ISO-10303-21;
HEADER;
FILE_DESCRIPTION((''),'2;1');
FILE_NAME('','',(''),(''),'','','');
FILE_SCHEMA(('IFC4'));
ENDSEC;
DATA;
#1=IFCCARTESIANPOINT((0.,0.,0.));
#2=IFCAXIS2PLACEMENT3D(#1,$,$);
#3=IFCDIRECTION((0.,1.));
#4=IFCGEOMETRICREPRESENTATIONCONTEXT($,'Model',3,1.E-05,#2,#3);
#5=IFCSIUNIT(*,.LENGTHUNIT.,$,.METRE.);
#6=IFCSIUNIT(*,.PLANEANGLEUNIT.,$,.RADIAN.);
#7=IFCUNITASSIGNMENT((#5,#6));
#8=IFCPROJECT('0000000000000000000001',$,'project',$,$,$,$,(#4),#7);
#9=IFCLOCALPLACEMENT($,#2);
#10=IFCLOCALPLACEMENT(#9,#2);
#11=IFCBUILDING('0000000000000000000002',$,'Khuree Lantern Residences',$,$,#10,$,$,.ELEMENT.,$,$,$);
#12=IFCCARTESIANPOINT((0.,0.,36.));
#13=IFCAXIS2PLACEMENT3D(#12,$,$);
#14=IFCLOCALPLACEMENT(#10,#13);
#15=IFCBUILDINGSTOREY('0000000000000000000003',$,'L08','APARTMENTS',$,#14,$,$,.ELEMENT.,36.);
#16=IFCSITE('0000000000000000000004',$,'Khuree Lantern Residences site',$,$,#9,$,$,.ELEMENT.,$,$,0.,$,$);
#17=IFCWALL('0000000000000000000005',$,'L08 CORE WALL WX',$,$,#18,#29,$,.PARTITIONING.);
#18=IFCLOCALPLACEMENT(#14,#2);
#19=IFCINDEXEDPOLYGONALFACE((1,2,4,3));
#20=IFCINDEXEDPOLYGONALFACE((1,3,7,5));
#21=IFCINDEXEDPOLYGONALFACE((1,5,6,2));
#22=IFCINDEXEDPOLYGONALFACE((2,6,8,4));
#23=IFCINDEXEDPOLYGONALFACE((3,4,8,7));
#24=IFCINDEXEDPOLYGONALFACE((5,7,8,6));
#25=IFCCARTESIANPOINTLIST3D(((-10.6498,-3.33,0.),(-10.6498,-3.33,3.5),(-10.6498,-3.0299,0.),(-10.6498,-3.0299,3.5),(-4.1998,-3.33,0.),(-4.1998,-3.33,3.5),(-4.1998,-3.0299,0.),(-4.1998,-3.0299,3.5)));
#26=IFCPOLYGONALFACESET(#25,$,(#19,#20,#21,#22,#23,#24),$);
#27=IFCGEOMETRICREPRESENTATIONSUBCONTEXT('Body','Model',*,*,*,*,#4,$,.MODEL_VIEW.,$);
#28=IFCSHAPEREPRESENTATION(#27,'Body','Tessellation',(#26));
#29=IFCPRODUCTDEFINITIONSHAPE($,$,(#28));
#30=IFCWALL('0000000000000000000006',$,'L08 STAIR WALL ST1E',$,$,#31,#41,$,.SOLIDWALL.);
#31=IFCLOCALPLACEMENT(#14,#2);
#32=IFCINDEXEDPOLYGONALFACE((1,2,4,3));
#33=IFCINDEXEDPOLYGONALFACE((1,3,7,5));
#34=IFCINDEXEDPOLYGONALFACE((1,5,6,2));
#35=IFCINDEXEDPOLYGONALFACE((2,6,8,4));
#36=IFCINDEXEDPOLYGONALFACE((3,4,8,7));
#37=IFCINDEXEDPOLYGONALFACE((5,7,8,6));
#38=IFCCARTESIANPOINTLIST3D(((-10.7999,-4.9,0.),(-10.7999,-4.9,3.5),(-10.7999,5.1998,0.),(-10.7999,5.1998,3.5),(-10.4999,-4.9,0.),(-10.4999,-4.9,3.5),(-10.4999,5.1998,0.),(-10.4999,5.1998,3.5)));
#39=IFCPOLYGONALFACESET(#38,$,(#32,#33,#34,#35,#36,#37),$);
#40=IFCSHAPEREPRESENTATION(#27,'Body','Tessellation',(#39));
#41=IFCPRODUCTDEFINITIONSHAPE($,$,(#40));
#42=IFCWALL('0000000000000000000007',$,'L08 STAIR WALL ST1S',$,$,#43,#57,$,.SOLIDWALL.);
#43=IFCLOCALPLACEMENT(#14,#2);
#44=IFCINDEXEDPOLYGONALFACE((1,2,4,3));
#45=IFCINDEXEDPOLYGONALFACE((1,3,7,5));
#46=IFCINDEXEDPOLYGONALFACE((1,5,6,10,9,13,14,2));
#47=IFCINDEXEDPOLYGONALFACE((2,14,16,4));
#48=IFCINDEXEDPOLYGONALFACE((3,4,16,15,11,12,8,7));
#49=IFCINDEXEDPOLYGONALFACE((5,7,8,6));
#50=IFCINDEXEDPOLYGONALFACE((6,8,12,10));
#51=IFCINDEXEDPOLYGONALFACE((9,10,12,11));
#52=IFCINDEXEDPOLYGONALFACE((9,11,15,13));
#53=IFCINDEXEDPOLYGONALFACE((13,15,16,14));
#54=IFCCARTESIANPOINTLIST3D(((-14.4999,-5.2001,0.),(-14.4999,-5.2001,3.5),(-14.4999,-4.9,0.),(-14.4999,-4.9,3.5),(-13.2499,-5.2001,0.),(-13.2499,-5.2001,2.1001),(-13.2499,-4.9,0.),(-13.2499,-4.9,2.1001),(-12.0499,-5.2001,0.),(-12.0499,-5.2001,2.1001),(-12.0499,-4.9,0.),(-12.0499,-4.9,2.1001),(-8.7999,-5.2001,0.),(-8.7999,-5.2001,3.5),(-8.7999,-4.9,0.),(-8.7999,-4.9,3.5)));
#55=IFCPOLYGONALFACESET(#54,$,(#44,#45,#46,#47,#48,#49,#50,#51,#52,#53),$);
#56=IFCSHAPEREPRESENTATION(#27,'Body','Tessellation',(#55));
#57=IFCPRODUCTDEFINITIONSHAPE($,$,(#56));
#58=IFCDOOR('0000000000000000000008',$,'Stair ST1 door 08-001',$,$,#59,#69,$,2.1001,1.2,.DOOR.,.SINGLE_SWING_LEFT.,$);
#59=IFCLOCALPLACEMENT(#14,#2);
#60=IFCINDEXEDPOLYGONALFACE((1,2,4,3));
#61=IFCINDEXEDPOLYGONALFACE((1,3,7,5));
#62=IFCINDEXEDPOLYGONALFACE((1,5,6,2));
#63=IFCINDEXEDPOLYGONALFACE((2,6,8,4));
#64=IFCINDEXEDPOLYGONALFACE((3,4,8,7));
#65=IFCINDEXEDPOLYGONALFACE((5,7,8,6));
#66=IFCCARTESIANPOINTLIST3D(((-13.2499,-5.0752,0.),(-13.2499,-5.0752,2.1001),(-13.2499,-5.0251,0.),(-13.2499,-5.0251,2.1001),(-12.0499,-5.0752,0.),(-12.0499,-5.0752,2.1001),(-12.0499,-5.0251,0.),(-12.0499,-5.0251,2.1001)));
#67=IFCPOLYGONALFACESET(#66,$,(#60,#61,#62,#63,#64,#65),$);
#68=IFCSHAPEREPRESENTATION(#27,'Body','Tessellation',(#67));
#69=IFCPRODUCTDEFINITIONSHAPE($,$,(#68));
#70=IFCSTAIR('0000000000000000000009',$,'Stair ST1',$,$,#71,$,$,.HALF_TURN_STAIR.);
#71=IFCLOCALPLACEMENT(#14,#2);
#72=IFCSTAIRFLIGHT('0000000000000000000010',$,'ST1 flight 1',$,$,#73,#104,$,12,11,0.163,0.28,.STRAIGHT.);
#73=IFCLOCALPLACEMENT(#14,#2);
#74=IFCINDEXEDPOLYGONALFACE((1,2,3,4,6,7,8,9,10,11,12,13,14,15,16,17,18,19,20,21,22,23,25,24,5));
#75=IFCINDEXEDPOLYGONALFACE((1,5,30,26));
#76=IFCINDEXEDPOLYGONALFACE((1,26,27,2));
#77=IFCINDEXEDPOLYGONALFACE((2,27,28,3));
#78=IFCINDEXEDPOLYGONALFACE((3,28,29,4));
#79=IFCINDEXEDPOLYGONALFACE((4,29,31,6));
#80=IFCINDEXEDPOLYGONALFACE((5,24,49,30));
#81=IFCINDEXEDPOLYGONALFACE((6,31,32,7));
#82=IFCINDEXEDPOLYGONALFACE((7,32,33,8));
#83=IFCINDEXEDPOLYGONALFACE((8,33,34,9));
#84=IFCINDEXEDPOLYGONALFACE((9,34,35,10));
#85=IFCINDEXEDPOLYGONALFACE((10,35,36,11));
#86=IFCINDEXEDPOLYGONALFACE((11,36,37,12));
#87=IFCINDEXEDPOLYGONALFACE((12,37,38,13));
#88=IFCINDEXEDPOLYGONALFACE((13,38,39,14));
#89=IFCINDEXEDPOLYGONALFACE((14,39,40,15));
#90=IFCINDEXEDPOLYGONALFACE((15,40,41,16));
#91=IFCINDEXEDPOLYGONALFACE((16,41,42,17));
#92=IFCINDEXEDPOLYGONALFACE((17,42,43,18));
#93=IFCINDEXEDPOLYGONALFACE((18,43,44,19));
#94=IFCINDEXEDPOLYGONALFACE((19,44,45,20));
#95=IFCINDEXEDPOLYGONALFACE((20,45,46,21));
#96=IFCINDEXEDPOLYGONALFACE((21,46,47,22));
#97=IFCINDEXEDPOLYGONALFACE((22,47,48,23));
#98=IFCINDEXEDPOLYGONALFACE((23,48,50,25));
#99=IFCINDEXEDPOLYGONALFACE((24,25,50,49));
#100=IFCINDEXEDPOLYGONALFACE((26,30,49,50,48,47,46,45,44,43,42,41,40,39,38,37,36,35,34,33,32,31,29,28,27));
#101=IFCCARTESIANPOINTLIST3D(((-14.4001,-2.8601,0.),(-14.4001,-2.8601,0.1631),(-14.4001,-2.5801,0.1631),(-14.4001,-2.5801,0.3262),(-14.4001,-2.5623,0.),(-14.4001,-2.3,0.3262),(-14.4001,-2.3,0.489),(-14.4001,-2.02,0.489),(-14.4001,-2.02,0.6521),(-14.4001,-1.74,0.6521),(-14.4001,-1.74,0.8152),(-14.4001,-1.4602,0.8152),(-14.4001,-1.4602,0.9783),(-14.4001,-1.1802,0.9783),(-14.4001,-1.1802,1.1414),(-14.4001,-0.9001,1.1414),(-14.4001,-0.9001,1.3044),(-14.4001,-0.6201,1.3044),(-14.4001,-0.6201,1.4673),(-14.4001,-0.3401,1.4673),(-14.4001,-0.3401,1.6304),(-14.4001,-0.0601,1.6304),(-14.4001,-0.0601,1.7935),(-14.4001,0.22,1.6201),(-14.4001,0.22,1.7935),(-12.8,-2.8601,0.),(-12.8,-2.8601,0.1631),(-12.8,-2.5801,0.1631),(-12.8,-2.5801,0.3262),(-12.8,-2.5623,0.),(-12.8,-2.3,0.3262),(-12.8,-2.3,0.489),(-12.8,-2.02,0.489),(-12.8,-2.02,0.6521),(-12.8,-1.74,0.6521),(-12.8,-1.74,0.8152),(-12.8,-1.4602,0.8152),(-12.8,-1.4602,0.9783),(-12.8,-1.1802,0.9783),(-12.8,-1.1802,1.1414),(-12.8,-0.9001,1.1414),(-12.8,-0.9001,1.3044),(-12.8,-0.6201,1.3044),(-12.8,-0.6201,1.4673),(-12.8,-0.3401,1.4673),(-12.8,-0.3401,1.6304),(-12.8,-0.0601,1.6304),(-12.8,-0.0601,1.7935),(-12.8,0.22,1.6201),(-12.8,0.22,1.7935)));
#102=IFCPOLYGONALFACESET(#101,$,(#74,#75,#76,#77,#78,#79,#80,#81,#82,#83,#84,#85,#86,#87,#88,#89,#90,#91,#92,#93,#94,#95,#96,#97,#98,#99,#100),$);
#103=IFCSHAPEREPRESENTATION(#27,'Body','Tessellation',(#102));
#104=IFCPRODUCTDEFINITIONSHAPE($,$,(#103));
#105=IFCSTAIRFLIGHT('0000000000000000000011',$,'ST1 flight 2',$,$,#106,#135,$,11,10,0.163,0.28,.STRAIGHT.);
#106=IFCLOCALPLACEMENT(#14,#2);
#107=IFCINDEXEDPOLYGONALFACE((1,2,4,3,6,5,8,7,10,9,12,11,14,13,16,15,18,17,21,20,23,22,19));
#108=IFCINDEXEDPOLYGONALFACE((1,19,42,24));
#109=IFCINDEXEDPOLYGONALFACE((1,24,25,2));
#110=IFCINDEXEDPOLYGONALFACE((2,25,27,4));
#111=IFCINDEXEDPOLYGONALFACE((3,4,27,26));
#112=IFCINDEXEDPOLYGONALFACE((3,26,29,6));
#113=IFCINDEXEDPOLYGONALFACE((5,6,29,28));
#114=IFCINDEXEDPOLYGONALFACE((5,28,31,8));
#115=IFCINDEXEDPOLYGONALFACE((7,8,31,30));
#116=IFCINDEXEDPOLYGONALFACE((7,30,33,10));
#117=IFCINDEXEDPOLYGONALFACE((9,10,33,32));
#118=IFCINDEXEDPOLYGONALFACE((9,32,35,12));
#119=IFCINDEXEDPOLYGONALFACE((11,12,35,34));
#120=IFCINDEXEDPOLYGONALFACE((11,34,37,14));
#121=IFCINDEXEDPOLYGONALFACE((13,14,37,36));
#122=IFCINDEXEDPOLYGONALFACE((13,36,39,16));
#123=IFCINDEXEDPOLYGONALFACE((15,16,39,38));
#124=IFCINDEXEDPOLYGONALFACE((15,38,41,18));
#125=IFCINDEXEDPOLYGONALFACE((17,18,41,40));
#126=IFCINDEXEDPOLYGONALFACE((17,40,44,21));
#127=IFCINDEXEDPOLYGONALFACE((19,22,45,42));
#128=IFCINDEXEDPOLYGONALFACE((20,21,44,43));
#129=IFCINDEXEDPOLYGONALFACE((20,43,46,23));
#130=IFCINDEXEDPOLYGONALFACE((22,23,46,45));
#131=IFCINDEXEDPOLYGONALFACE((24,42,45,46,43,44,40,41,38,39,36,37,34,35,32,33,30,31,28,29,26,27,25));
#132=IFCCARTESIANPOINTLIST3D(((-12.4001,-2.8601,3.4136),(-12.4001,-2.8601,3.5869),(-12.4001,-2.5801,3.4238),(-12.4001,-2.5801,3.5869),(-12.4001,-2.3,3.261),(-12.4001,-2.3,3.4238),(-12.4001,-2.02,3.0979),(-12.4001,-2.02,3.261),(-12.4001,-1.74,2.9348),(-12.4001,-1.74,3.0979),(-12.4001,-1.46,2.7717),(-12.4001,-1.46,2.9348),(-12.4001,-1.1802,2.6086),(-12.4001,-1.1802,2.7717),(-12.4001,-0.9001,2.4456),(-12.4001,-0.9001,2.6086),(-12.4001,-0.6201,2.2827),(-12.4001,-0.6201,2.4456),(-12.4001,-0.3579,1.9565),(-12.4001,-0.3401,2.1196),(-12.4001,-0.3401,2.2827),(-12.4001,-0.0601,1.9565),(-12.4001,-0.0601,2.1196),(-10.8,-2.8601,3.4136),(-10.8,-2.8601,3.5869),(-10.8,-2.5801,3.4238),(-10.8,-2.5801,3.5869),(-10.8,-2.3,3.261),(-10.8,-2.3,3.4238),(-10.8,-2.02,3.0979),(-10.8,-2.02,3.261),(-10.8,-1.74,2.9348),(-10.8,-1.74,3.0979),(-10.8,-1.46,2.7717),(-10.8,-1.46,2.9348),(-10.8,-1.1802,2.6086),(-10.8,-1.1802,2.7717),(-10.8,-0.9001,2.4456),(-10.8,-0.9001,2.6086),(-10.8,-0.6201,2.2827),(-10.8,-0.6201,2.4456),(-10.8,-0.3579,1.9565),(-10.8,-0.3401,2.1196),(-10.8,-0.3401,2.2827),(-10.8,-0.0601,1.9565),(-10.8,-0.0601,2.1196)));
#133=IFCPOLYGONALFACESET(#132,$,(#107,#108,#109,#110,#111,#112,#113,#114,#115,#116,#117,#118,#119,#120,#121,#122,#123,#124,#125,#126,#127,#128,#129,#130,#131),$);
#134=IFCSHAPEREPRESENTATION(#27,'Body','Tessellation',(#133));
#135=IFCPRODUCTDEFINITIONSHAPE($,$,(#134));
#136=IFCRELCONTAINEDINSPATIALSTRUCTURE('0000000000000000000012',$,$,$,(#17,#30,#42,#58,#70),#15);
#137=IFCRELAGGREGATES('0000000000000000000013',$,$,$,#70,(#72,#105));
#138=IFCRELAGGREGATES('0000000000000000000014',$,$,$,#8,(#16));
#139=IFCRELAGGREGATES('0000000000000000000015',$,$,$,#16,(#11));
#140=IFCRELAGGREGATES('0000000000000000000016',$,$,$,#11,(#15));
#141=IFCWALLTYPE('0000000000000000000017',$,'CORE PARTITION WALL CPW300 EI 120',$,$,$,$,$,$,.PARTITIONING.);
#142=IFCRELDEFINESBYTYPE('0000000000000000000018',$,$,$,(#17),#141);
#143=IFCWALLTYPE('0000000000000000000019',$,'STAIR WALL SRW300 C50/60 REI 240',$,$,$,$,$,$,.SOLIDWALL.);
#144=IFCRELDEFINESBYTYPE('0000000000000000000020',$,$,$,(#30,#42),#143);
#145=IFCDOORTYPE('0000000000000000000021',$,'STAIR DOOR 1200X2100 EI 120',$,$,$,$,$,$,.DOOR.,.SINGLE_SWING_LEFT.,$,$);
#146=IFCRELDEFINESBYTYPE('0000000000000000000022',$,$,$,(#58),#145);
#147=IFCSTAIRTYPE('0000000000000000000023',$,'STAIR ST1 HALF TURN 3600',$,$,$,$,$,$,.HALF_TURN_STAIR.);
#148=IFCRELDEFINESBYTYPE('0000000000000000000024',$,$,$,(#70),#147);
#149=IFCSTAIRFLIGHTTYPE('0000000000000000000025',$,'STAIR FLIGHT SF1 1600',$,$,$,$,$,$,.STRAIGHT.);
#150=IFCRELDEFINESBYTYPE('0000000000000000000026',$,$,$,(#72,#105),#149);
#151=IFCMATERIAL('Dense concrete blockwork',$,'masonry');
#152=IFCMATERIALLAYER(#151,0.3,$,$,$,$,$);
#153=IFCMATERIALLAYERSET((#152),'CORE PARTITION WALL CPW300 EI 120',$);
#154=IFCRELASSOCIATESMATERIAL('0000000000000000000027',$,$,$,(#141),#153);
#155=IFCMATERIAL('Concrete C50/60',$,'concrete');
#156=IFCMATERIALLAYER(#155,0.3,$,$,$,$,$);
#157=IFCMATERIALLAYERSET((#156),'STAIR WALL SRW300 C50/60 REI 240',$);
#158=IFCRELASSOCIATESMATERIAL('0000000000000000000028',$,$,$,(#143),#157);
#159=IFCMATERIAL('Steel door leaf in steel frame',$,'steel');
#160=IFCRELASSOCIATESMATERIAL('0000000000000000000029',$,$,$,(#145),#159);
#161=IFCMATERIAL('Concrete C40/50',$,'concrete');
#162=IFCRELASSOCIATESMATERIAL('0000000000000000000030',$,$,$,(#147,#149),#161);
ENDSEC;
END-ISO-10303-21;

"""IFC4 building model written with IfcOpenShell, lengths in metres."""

from ifc_helpers import new_model, si_unit, direction, frame, frame_2d, origin, place, context, subcontext, project, spatial, polyline, rectangle, outline, extrude, material, layer, layer_set, type_object, element, fill, aggregate, save


model = new_model("IFC4")

# Units and contexts
model_context = context("Model", 3, precision=1e-05, world=origin(), true_north=direction((0.0, 1.0)))
body_context = subcontext(model_context, "Body", "Model", "MODEL_VIEW")
ifc_project = project(units=[si_unit("LENGTHUNIT", "METRE"), si_unit("PLANEANGLEUNIT", "RADIAN")], contexts=[model_context])

# Site, building, storey
site_placement = place(None, origin())
site = spatial("IfcSite", under=ifc_project, at=site_placement, Name="Khuree Lantern Residences site", CompositionType="ELEMENT", RefElevation=0.0)
building_placement = place(site_placement, origin())
building = spatial("IfcBuilding", under=site, at=building_placement, Name="Khuree Lantern Residences", CompositionType="ELEMENT")
storey_placement = place(building_placement, frame((0.0, 0.0, 36.0)))
storey = spatial("IfcBuildingStorey", under=building, at=storey_placement, Name="L08", Description="APARTMENTS", CompositionType="ELEMENT", Elevation=36.0)

# Shared definitions
ifc_material_1 = material(Name="Dense concrete blockwork", Category="masonry")
ifc_layer_1 = layer(ifc_material_1, 0.3)
ifc_layer_set_1 = layer_set([ifc_layer_1], Name="CORE PARTITION WALL CPW300 EI 120")
wall_type_1 = type_object("IfcWallType", Name="CORE PARTITION WALL CPW300 EI 120", PredefinedType="PARTITIONING", material=ifc_layer_set_1)
ifc_material_2 = material(Name="Steel door leaf in steel frame", Category="steel")

# Walls
wall_1_placement = place(storey_placement, frame((-10.6499, -3.1799, 0.0), z_axis=(0.0, 0.0, 1.0), x_axis=(1.0, 0.0, 0.0)))
element("IfcWall", 1, at=wall_1_placement, inside=storey, type_object=wall_type_1, Name="L08 CORE WALL WX", PredefinedType="PARTITIONING", context=body_context, shape_type="SweptSolid", body=[
    extrude(rectangle(XDim=6.45, YDim=0.3, at=frame_2d((3.2251, 0.0))), origin(), (0.0, 0.0, 1.0), 3.5),
])
ifc_material_3 = material(Name="Concrete C50/60", Category="concrete")
ifc_layer_2 = layer(ifc_material_3, 0.3)
ifc_layer_set_2 = layer_set([ifc_layer_2], Name="STAIR WALL SRW300 C50/60 REI 240")
wall_type_2 = type_object("IfcWallType", Name="STAIR WALL SRW300 C50/60 REI 240", PredefinedType="SOLIDWALL", material=ifc_layer_set_2)
wall_2_placement = place(storey_placement, frame((-10.6499, -4.8999, 0.0), z_axis=(0.0, 0.0, 1.0), x_axis=(0.0, 1.0, 0.0)))
element("IfcWall", 2, at=wall_2_placement, inside=storey, type_object=wall_type_2, Name="L08 STAIR WALL ST1E", PredefinedType="SOLIDWALL", context=body_context, shape_type="SweptSolid", body=[
    extrude(rectangle(XDim=10.0999, YDim=0.3, at=frame_2d((5.0498, 0.0))), origin(), (0.0, 0.0, 1.0), 3.5),
])

# Wall, opening, door
wall_3_placement = place(storey_placement, frame((-14.5, -5.05, 0.0), z_axis=(0.0, 0.0, 1.0), x_axis=(1.0, 0.0, 0.0)))
wall_3 = element("IfcWall", 3, at=wall_3_placement, inside=storey, type_object=wall_type_2, Name="L08 STAIR WALL ST1S", PredefinedType="SOLIDWALL", context=body_context, shape_type="SweptSolid", body=[
    extrude(rectangle(XDim=5.7, YDim=0.3, at=frame_2d((2.8501, 0.0))), origin(), (0.0, 0.0, 1.0), 3.5),
])
opening_1_placement = place(wall_3_placement, frame((1.25, 0.0, 0.0)))
opening_1 = element("IfcOpeningElement", 4, at=opening_1_placement, cuts=wall_3, PredefinedType="OPENING", context=body_context, shape_type="SweptSolid", body=[
    extrude(rectangle(XDim=1.2, YDim=2.1001, at=frame_2d((0.6001, 1.05))), frame((0.0, 0.1602, 0.0), z_axis=(0.0, -1.0, 0.0), x_axis=(1.0, 0.0, 0.0)), (0.0, 0.0, 1.0), 0.3201),
])
door_type_1 = type_object("IfcDoorType", Name="STAIR DOOR 1200X2100 EI 120", OperationType="SINGLE_SWING_LEFT", PredefinedType="DOOR", material=ifc_material_2)
door_1_placement = place(opening_1_placement, origin())
door_1 = element("IfcDoor", 5, at=door_1_placement, inside=storey, type_object=door_type_1, Name="Stair ST1 door 08-001", OperationType="SINGLE_SWING_LEFT", OverallHeight=2.1001, OverallWidth=1.2, PredefinedType="DOOR", context=body_context, shape_type="SweptSolid", body=[
    extrude(rectangle(XDim=1.2, YDim=2.1001, at=frame_2d((0.6001, 1.05))), frame((0.0, 0.0249, 0.0), z_axis=(0.0, -1.0, 0.0), x_axis=(1.0, 0.0, 0.0)), (0.0, 0.0, 1.0), 0.05),
])
fill(opening_1, door_1)

# Stair, stair flights
ifc_material_4 = material(Name="Concrete C40/50", Category="concrete")
stair_type = type_object("IfcStairType", Name="STAIR ST1 HALF TURN 3600", PredefinedType="HALF_TURN_STAIR", material=ifc_material_4)
stair_placement = place(storey_placement, origin())
stair = element("IfcStair", 6, at=stair_placement, inside=storey, type_object=stair_type, Name="Stair ST1", PredefinedType="HALF_TURN_STAIR")
stair_flight_type = type_object("IfcStairFlightType", Name="STAIR FLIGHT SF1 1600", PredefinedType="STRAIGHT", material=ifc_material_4)
stair_flight_1_placement = place(storey_placement, frame((-13.6001, -2.8601, 0.0), z_axis=(0.0, 0.0, 1.0), x_axis=(0.0, 1.0, 0.0)))
stair_flight_1 = element("IfcStairFlight", 7, at=stair_flight_1_placement, type_object=stair_flight_type, Name="ST1 flight 1", NumberOfRisers=12, NumberOfTreads=11, PredefinedType="STRAIGHT", RiserHeight=0.163, TreadLength=0.28, context=body_context, shape_type="SweptSolid", body=[
    extrude(outline(polyline([(0.0, 0.0), (0.0, 0.1631), (0.28, 0.1631), (0.28, 0.3262), (0.5601, 0.3262), (0.5601, 0.489), (0.8401, 0.489), (0.8401, 0.6521), (1.1201, 0.6521), (1.1201, 0.8152), (1.3999, 0.8152), (1.3999, 0.9783), (1.6799, 0.9783), (1.6799, 1.1414), (1.96, 1.1414), (1.96, 1.3044), (2.24, 1.3044), (2.24, 1.4673), (2.52, 1.4673), (2.52, 1.6304), (2.8, 1.6304), (2.8, 1.7935), (3.0801, 1.7935), (3.0801, 1.9565), (3.0801, 1.6201), (0.2979, 0.0), (0.0, 0.0)])), frame((0.0, 0.8, 0.0), z_axis=(0.0, -1.0, 0.0), x_axis=(1.0, 0.0, 0.0)), (0.0, 0.0, 1.0), 1.6001),
])
stair_flight_2_placement = place(storey_placement, frame((-11.6001, -0.0601, 1.9565), z_axis=(0.0, 0.0, 1.0), x_axis=(0.0, -1.0, 0.0)))
stair_flight_2 = element("IfcStairFlight", 8, at=stair_flight_2_placement, type_object=stair_flight_type, Name="ST1 flight 2", NumberOfRisers=11, NumberOfTreads=10, PredefinedType="STRAIGHT", RiserHeight=0.163, TreadLength=0.28, context=body_context, shape_type="SweptSolid", body=[
    extrude(outline(polyline([(0.0, 0.0), (0.0, 0.1631), (0.28, 0.1631), (0.28, 0.3262), (0.5601, 0.3262), (0.5601, 0.489), (0.8401, 0.489), (0.8401, 0.6521), (1.1201, 0.6521), (1.1201, 0.8152), (1.3999, 0.8152), (1.3999, 0.9783), (1.6799, 0.9783), (1.6799, 1.1414), (1.96, 1.1414), (1.96, 1.3044), (2.24, 1.3044), (2.24, 1.4673), (2.52, 1.4673), (2.52, 1.6304), (2.8, 1.6304), (2.8, 1.7935), (2.8, 1.457), (0.2979, 0.0), (0.0, 0.0)])), frame((0.0, 0.8, 0.0), z_axis=(0.0, -1.0, 0.0), x_axis=(1.0, 0.0, 0.0)), (0.0, 0.0, 1.0), 1.6001),
])
aggregate(stair, [stair_flight_1, stair_flight_2])

save(model, "model.ifc")
